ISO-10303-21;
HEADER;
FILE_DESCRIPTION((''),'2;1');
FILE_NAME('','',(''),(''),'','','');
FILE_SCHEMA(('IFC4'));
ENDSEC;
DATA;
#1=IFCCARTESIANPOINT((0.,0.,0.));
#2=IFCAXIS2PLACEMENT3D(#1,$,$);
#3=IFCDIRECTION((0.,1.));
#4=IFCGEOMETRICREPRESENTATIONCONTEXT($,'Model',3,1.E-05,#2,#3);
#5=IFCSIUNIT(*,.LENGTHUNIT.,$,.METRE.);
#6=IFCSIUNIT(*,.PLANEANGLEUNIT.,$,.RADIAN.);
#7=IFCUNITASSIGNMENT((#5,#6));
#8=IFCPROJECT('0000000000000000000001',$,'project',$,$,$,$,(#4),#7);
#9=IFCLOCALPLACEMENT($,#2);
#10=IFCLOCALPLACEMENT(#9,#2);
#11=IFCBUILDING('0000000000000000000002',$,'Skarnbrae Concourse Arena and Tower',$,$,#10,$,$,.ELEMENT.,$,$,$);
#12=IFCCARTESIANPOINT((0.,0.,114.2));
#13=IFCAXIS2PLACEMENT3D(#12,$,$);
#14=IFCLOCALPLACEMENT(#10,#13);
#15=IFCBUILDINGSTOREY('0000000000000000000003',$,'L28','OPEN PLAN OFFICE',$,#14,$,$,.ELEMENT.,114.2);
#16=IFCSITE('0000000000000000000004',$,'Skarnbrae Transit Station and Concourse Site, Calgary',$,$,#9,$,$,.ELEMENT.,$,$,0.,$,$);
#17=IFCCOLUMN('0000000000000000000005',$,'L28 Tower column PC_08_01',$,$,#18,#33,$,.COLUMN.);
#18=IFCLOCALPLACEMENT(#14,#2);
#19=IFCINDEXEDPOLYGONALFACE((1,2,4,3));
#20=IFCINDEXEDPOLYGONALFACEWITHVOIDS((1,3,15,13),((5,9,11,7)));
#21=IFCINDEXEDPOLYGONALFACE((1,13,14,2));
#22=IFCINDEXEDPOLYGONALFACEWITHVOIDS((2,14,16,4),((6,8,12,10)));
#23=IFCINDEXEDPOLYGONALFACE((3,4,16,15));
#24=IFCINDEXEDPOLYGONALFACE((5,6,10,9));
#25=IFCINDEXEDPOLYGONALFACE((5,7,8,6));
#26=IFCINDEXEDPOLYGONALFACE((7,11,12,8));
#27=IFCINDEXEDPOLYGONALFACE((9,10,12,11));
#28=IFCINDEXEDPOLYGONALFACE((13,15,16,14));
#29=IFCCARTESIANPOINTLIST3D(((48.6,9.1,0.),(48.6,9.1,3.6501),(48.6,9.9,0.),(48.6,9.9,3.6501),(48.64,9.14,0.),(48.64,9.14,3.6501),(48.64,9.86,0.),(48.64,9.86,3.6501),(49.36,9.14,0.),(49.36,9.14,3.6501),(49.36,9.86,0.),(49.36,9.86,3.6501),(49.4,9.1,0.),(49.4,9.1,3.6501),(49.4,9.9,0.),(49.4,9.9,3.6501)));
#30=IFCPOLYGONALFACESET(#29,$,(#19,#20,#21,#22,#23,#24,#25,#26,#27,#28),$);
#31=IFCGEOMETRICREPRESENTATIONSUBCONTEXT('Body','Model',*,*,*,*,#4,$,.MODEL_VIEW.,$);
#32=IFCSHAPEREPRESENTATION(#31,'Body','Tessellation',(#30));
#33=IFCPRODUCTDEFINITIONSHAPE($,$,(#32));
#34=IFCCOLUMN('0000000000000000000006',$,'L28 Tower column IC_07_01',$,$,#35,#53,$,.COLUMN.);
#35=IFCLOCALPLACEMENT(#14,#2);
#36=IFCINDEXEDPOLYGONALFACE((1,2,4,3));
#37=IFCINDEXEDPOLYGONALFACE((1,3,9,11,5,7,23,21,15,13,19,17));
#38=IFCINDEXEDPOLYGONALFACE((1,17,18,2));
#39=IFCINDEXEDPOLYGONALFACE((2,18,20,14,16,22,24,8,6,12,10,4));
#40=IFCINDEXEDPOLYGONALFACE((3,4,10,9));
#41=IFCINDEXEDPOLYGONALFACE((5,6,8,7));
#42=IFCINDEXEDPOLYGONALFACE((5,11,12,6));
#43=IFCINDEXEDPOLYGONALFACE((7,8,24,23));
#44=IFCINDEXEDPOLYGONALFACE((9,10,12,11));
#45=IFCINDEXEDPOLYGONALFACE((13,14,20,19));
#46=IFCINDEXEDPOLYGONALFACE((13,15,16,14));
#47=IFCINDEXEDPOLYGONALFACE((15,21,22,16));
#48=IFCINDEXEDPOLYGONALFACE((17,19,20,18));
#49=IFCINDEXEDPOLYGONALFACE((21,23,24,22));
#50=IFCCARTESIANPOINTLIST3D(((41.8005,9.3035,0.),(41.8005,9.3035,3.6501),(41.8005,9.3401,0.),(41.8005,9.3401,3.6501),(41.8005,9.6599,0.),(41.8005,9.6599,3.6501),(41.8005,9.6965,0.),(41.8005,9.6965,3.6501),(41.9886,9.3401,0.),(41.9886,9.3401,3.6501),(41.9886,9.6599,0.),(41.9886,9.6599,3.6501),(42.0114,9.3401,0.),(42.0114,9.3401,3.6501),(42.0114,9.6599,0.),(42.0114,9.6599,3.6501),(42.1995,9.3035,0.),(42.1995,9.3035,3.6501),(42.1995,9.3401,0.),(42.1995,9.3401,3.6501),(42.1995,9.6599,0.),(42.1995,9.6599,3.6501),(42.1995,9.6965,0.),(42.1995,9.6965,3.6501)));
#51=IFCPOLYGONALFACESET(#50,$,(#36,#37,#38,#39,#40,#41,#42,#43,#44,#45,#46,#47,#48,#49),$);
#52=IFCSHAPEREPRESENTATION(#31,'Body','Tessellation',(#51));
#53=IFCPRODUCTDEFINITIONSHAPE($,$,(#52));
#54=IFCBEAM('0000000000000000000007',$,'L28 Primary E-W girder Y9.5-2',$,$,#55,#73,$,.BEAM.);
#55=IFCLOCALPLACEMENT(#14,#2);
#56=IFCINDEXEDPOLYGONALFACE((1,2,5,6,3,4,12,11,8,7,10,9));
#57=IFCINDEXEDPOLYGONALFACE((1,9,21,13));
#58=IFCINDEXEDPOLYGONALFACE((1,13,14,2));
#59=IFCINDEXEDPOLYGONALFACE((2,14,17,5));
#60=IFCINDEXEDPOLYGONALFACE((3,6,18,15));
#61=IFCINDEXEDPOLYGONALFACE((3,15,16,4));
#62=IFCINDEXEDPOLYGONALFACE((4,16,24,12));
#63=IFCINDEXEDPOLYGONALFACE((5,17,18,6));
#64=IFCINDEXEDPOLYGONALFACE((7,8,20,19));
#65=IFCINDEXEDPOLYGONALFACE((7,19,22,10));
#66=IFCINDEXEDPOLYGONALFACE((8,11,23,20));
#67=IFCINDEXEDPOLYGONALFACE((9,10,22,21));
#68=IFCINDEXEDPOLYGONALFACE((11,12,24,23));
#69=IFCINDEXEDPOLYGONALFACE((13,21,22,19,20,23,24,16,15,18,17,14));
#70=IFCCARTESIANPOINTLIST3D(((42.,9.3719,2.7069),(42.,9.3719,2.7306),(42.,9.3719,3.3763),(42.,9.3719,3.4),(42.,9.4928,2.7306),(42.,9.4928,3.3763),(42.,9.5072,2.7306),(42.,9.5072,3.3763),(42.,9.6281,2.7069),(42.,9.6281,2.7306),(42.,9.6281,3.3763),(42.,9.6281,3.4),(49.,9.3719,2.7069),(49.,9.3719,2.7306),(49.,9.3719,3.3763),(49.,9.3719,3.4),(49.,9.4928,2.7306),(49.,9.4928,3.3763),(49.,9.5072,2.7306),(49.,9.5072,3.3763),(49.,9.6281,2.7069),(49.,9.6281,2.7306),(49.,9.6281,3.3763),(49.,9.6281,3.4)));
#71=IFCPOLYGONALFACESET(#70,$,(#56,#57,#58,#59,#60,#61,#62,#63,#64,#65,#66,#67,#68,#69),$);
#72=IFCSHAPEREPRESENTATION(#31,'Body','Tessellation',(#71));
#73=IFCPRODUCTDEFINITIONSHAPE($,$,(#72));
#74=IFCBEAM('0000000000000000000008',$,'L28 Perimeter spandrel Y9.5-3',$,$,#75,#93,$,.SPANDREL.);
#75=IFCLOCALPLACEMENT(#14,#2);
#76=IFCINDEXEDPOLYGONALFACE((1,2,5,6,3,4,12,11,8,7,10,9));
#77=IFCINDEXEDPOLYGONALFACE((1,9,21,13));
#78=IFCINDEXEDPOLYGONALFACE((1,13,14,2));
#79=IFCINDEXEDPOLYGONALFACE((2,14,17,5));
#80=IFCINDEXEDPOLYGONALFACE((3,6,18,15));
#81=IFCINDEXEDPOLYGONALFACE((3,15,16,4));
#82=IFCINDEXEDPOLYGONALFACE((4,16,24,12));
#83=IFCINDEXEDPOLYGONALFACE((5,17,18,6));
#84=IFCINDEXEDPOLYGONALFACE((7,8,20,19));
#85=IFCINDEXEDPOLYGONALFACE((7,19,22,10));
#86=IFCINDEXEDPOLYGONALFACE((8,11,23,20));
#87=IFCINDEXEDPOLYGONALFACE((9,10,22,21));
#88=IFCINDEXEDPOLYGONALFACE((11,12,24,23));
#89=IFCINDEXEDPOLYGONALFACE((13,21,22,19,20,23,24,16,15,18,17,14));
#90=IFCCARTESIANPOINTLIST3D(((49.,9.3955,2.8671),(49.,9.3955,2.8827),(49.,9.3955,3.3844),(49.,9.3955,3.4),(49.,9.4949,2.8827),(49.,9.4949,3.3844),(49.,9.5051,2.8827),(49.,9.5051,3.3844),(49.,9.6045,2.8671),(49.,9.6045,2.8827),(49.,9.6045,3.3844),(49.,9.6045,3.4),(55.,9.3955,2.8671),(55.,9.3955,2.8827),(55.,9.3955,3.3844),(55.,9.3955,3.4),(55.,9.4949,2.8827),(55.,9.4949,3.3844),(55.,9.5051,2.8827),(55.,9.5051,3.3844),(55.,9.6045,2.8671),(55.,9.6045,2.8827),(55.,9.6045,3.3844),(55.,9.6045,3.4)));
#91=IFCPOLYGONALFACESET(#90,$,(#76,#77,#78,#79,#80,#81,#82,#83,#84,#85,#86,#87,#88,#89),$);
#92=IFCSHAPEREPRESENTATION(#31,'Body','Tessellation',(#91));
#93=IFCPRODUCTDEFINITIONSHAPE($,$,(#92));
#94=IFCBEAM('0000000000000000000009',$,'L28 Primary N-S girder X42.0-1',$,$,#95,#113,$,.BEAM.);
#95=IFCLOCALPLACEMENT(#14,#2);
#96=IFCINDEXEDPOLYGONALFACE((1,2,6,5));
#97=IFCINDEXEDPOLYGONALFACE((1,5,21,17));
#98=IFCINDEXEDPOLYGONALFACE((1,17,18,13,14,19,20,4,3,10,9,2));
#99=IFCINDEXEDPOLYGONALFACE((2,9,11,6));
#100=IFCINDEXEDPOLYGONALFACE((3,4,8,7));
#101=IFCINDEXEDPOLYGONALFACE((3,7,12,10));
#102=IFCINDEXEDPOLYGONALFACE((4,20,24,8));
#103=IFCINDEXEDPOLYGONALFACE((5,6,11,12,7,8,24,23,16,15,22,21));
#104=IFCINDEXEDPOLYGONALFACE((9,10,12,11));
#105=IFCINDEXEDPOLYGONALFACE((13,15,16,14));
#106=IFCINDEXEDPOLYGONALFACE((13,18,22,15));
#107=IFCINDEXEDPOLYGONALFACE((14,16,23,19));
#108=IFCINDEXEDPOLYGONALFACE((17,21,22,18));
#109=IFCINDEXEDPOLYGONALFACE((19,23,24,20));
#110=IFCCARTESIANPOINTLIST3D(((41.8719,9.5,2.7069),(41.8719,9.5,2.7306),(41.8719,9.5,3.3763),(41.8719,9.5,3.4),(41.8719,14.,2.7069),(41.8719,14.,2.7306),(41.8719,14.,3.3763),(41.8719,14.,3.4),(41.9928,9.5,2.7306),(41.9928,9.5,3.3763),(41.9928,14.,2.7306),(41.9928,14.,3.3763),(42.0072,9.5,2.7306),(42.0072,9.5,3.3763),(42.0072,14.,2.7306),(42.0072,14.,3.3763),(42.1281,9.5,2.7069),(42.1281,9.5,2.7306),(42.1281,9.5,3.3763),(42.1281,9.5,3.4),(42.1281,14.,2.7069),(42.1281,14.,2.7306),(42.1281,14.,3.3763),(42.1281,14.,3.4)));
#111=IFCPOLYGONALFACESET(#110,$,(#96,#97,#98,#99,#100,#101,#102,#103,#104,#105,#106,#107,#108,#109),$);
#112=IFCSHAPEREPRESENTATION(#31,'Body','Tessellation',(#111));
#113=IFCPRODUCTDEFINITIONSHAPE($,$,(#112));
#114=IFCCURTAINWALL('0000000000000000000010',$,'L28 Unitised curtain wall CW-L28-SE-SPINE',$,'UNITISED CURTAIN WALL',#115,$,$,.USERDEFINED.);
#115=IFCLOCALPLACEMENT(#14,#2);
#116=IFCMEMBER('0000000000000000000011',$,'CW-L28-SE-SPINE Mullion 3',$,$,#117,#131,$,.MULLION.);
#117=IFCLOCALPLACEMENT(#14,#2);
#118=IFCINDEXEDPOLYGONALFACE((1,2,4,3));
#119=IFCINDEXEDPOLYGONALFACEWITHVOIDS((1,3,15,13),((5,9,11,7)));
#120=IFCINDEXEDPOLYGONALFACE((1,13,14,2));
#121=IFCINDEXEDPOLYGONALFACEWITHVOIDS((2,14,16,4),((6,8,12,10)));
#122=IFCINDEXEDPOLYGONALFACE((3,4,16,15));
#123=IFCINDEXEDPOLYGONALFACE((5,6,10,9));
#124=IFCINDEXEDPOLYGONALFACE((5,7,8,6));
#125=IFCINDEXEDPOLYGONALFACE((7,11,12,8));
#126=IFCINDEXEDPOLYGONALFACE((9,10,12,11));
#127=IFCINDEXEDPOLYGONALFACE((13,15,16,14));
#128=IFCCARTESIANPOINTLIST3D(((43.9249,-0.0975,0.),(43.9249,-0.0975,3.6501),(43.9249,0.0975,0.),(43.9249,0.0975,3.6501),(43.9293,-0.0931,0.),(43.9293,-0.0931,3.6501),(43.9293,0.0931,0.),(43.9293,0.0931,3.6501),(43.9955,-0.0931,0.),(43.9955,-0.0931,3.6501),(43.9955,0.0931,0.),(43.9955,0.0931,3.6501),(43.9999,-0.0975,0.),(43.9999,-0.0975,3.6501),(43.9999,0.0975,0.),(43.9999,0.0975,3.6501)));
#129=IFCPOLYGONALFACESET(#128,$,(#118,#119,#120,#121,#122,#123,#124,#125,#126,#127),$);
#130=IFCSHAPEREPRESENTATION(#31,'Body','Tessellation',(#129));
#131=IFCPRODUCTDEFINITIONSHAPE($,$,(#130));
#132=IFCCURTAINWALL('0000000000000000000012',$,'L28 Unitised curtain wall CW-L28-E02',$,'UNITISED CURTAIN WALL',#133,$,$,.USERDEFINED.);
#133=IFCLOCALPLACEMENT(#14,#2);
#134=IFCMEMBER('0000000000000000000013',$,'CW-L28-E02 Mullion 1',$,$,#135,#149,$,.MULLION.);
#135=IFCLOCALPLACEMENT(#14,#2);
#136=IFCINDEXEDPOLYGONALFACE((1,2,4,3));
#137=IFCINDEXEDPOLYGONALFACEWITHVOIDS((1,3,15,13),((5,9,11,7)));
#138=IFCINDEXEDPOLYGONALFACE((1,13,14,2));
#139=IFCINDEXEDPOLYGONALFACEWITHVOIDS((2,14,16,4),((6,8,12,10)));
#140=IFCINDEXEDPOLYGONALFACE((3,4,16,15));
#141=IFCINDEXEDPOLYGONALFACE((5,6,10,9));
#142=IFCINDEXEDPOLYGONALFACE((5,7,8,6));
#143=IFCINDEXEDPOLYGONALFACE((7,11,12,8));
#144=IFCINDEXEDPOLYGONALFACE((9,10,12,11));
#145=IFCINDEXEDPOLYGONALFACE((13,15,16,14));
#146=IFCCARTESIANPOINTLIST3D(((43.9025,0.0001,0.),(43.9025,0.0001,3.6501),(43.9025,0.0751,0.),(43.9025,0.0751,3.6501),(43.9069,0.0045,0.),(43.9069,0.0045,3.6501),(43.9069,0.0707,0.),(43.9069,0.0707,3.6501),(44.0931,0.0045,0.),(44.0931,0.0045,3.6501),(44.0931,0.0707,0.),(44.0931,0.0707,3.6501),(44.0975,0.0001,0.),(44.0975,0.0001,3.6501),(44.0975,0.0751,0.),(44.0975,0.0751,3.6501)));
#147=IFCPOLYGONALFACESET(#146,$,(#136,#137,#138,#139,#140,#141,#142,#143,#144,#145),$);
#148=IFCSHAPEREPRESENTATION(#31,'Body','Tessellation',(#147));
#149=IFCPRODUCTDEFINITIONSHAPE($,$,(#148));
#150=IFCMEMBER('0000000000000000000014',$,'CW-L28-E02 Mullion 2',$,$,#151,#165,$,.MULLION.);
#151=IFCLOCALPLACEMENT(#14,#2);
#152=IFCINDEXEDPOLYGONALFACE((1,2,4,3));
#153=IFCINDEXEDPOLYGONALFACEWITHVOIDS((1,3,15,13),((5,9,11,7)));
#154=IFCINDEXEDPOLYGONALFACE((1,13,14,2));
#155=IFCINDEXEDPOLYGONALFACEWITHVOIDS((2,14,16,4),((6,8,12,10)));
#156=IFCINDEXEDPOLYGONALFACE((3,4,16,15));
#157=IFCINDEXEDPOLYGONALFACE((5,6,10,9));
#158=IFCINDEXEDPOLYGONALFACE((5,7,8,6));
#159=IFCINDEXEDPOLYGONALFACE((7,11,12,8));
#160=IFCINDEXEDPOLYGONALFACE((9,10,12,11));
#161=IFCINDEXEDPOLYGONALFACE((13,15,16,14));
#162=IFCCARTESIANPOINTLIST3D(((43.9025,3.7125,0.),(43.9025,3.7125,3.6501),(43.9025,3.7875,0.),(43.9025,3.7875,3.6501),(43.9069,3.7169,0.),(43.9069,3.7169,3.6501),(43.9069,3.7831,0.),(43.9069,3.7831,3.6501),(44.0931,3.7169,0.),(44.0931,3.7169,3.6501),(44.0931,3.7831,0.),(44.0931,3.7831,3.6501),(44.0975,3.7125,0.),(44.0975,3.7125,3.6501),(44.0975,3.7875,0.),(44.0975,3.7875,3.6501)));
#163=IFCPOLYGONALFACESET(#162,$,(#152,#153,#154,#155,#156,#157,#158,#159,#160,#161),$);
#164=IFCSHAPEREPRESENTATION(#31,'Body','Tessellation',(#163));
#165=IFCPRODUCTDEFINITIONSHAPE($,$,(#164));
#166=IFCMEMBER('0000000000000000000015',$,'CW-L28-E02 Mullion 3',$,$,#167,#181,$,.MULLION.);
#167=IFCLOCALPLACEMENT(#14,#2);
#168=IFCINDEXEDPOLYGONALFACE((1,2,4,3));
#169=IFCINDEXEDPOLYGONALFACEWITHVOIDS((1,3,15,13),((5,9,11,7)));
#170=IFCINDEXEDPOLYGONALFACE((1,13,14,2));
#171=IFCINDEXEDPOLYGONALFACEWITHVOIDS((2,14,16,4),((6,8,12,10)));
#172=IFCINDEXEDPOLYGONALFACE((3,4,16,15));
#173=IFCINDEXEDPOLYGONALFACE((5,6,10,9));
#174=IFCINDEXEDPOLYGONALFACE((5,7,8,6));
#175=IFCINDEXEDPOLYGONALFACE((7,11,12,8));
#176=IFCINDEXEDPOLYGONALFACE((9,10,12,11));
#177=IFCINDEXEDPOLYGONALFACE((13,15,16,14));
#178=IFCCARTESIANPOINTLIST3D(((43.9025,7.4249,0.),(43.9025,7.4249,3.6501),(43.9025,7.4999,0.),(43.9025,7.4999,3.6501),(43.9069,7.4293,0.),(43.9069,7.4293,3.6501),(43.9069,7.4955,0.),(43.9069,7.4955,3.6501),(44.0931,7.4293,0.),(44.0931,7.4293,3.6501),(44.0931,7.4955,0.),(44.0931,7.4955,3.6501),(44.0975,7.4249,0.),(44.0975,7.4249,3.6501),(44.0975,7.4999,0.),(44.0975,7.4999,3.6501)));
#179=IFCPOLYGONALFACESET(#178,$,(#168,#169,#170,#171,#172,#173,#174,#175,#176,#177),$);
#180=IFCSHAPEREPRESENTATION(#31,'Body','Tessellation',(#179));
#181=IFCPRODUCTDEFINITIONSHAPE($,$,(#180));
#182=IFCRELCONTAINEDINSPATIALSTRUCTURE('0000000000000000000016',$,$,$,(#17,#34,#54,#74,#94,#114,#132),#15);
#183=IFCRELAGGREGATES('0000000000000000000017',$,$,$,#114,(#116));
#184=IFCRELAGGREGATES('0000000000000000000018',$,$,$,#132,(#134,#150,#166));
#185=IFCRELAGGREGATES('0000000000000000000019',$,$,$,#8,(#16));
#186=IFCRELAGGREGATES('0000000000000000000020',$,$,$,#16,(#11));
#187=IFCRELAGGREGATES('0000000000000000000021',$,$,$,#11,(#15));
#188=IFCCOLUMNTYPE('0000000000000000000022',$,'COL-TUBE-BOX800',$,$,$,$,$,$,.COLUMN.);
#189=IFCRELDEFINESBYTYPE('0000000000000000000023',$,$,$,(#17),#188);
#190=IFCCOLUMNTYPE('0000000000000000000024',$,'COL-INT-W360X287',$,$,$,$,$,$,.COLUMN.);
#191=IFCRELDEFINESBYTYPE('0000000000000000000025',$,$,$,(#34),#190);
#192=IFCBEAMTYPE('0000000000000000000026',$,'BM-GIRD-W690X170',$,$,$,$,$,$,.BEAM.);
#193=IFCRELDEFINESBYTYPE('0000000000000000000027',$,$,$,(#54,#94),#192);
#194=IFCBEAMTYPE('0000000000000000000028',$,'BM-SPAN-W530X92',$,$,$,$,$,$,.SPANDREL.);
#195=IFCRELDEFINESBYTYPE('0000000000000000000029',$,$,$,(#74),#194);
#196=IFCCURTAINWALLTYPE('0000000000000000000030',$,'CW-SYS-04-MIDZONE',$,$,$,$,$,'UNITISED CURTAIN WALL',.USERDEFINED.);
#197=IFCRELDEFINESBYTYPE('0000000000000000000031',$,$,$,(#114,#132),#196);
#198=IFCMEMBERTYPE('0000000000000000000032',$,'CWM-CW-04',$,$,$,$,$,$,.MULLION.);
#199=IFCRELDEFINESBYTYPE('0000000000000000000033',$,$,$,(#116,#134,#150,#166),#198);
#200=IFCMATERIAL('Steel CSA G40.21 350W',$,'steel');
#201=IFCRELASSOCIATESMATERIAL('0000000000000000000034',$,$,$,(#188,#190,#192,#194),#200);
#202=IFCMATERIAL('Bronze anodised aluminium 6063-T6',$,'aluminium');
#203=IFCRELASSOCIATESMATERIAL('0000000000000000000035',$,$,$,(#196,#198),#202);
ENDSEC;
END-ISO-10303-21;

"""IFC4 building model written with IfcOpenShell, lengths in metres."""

from ifc_helpers import new_model, si_unit, direction, frame, origin, origin_2d, place, context, subcontext, project, spatial, hollow_rectangle, i_section, extrude, source, transform, mapped, material, material_profile, profile_set, type_object, element, aggregate, save


model = new_model("IFC4")

# Units and contexts
model_context = context("Model", 3, precision=1e-05, world=origin(), true_north=direction((0.0, 1.0)))
body_context = subcontext(model_context, "Body", "Model", "MODEL_VIEW")
ifc_project = project(units=[si_unit("LENGTHUNIT", "METRE"), si_unit("PLANEANGLEUNIT", "RADIAN")], contexts=[model_context])

# Site, building, storey
site_placement = place(None, origin())
site = spatial("IfcSite", under=ifc_project, at=site_placement, Name="Skarnbrae Transit Station and Concourse Site, Calgary", CompositionType="ELEMENT", RefElevation=0.0)
building_placement = place(site_placement, origin())
building = spatial("IfcBuilding", under=site, at=building_placement, Name="Skarnbrae Concourse Arena and Tower", CompositionType="ELEMENT")
storey_placement = place(building_placement, frame((0.0, 0.0, 114.2)))
storey = spatial("IfcBuildingStorey", under=building, at=storey_placement, Name="L28", Description="OPEN PLAN OFFICE", CompositionType="ELEMENT", Elevation=114.2)

# Columns
ifc_material_1 = material(Name="Steel CSA G40.21 350W", Category="steel")
ifc_material_profile_1 = material_profile(ifc_material_1, hollow_rectangle(XDim=0.8, YDim=0.8, WallThickness=0.04, at=origin_2d()), Name="BOX800X800X40")
ifc_profile_set_1 = profile_set([ifc_material_profile_1], Name="Steel CSA G40.21 350W")
column_type_1 = type_object("IfcColumnType", Name="COL-TUBE-BOX800", PredefinedType="COLUMN", material=ifc_profile_set_1)
shared_shape_1 = source(origin(), body_context, "Body", "SweptSolid", [
    extrude(hollow_rectangle(XDim=0.8, YDim=0.8, WallThickness=0.04, at=origin_2d()), origin(), (0.0, 0.0, 1.0), 3.6501),
])
column_1_placement = place(storey_placement, frame((49.0, 9.5, 0.0), z_axis=(0.0, 0.0, 1.0), x_axis=(1.0, 0.0, 0.0)))
element("IfcColumn", 1, at=column_1_placement, inside=storey, type_object=column_type_1, Name="L28 Tower column PC_08_01", PredefinedType="COLUMN", context=body_context, shape_type="MappedRepresentation", body=[
    mapped(shared_shape_1, transform((0.0, 0.0, 0.0))),
])
ifc_material_profile_2 = material_profile(ifc_material_1, i_section(OverallWidth=0.3989, OverallDepth=0.3931, WebThickness=0.0227, FlangeThickness=0.0366, at=origin_2d()), Name="W360X287")
ifc_profile_set_2 = profile_set([ifc_material_profile_2], Name="Steel CSA G40.21 350W")
column_type_2 = type_object("IfcColumnType", Name="COL-INT-W360X287", PredefinedType="COLUMN", material=ifc_profile_set_2)
shared_shape_2 = source(origin(), body_context, "Body", "SweptSolid", [
    extrude(i_section(OverallWidth=0.3989, OverallDepth=0.3931, WebThickness=0.0227, FlangeThickness=0.0366, at=origin_2d()), origin(), (0.0, 0.0, 1.0), 3.6501),
])
column_2_placement = place(storey_placement, frame((42.0, 9.5, 0.0), z_axis=(0.0, 0.0, 1.0), x_axis=(1.0, 0.0, 0.0)))
element("IfcColumn", 2, at=column_2_placement, inside=storey, type_object=column_type_2, Name="L28 Tower column IC_07_01", PredefinedType="COLUMN", context=body_context, shape_type="MappedRepresentation", body=[
    mapped(shared_shape_2, transform((0.0, 0.0, 0.0))),
])

# Beams
ifc_material_profile_3 = material_profile(ifc_material_1, i_section(OverallWidth=0.2561, OverallDepth=0.6931, WebThickness=0.0144, FlangeThickness=0.0237, at=origin_2d()), Name="W690X170")
ifc_profile_set_3 = profile_set([ifc_material_profile_3], Name="Steel CSA G40.21 350W")
beam_type_1 = type_object("IfcBeamType", Name="BM-GIRD-W690X170", PredefinedType="BEAM", material=ifc_profile_set_3)
shared_shape_3 = source(origin(), body_context, "Body", "SweptSolid", [
    extrude(i_section(OverallWidth=0.2561, OverallDepth=0.6931, WebThickness=0.0144, FlangeThickness=0.0237, at=origin_2d()), origin(), (0.0, 0.0, 1.0), 7.0),
])
beam_1_placement = place(storey_placement, frame((42.0, 9.5, 3.0535), z_axis=(1.0, 0.0, 0.0), x_axis=(0.0, 1.0, 0.0)))
element("IfcBeam", 3, at=beam_1_placement, inside=storey, type_object=beam_type_1, Name="L28 Primary E-W girder Y9.5-2", PredefinedType="BEAM", context=body_context, shape_type="MappedRepresentation", body=[
    mapped(shared_shape_3, transform((0.0, 0.0, 0.0))),
])
ifc_material_profile_4 = material_profile(ifc_material_1, i_section(OverallWidth=0.209, OverallDepth=0.533, WebThickness=0.0103, FlangeThickness=0.0156, at=origin_2d()), Name="W530X92")
ifc_profile_set_4 = profile_set([ifc_material_profile_4], Name="Steel CSA G40.21 350W")
beam_type_2 = type_object("IfcBeamType", Name="BM-SPAN-W530X92", PredefinedType="SPANDREL", material=ifc_profile_set_4)
shared_shape_4 = source(origin(), body_context, "Body", "SweptSolid", [
    extrude(i_section(OverallWidth=0.209, OverallDepth=0.533, WebThickness=0.0103, FlangeThickness=0.0156, at=origin_2d()), origin(), (0.0, 0.0, 1.0), 6.0),
])
beam_2_placement = place(storey_placement, frame((49.0, 9.5, 3.1335), z_axis=(1.0, 0.0, 0.0), x_axis=(0.0, 1.0, 0.0)))
element("IfcBeam", 4, at=beam_2_placement, inside=storey, type_object=beam_type_2, Name="L28 Perimeter spandrel Y9.5-3", PredefinedType="SPANDREL", context=body_context, shape_type="MappedRepresentation", body=[
    mapped(shared_shape_4, transform((0.0, 0.0, 0.0))),
])
shared_shape_5 = source(origin(), body_context, "Body", "SweptSolid", [
    extrude(i_section(OverallWidth=0.2561, OverallDepth=0.6931, WebThickness=0.0144, FlangeThickness=0.0237, at=origin_2d()), origin(), (0.0, 0.0, 1.0), 4.5),
])
beam_3_placement = place(storey_placement, frame((42.0, 9.5, 3.0535), z_axis=(0.0, 1.0, 0.0), x_axis=(-1.0, 0.0, 0.0)))
element("IfcBeam", 5, at=beam_3_placement, inside=storey, type_object=beam_type_1, Name="L28 Primary N-S girder X42.0-1", PredefinedType="BEAM", context=body_context, shape_type="MappedRepresentation", body=[
    mapped(shared_shape_5, transform((0.0, 0.0, 0.0))),
])

# Curtain wall, member
ifc_material_2 = material(Name="Bronze anodised aluminium 6063-T6", Category="aluminium")
curtain_wall_type = type_object("IfcCurtainWallType", Name="CW-SYS-04-MIDZONE", ElementType="UNITISED CURTAIN WALL", PredefinedType="USERDEFINED", material=ifc_material_2)
curtain_wall_1_placement = place(storey_placement, origin())
curtain_wall_1 = element("IfcCurtainWall", 6, at=curtain_wall_1_placement, inside=storey, type_object=curtain_wall_type, Name="L28 Unitised curtain wall CW-L28-SE-SPINE", ObjectType="UNITISED CURTAIN WALL", PredefinedType="USERDEFINED")
ifc_material_profile_5 = material_profile(ifc_material_2, hollow_rectangle(XDim=0.075, YDim=0.1951, WallThickness=0.0044, at=origin_2d()), Name="ALU-MULL-75X195")
ifc_profile_set_5 = profile_set([ifc_material_profile_5], Name="Bronze anodised aluminium 6063-T6")
member_type_1 = type_object("IfcMemberType", Name="CWM-CW-04", PredefinedType="MULLION", material=ifc_profile_set_5)
shared_shape_6 = source(origin(), body_context, "Body", "SweptSolid", [
    extrude(hollow_rectangle(XDim=0.075, YDim=0.1951, WallThickness=0.0044, at=origin_2d()), origin(), (0.0, 0.0, 1.0), 3.6501),
])
member_1_placement = place(storey_placement, frame((43.9624, 0.0, 0.0), z_axis=(0.0, 0.0, 1.0), x_axis=(1.0, 0.0, 0.0)))
member_1 = element("IfcMember", 7, at=member_1_placement, type_object=member_type_1, Name="CW-L28-SE-SPINE Mullion 3", PredefinedType="MULLION", context=body_context, shape_type="MappedRepresentation", body=[
    mapped(shared_shape_6, transform((0.0, 0.0, 0.0))),
])

# Curtain wall, members
curtain_wall_2_placement = place(storey_placement, origin())
curtain_wall_2 = element("IfcCurtainWall", 8, at=curtain_wall_2_placement, inside=storey, type_object=curtain_wall_type, Name="L28 Unitised curtain wall CW-L28-E02", ObjectType="UNITISED CURTAIN WALL", PredefinedType="USERDEFINED")
member_2_placement = place(storey_placement, frame((44.0, 0.0376, 0.0), z_axis=(0.0, 0.0, 1.0), x_axis=(0.0, 1.0, 0.0)))
member_2 = element("IfcMember", 9, at=member_2_placement, type_object=member_type_1, Name="CW-L28-E02 Mullion 1", PredefinedType="MULLION", context=body_context, shape_type="MappedRepresentation", body=[
    mapped(shared_shape_6, transform((0.0, 0.0, 0.0))),
])
member_3_placement = place(storey_placement, frame((44.0, 3.75, 0.0), z_axis=(0.0, 0.0, 1.0), x_axis=(0.0, 1.0, 0.0)))
member_3 = element("IfcMember", 10, at=member_3_placement, type_object=member_type_1, Name="CW-L28-E02 Mullion 2", PredefinedType="MULLION", context=body_context, shape_type="MappedRepresentation", body=[
    mapped(shared_shape_6, transform((0.0, 0.0, 0.0))),
])
member_4_placement = place(storey_placement, frame((44.0, 7.4624, 0.0), z_axis=(0.0, 0.0, 1.0), x_axis=(0.0, 1.0, 0.0)))
member_4 = element("IfcMember", 11, at=member_4_placement, type_object=member_type_1, Name="CW-L28-E02 Mullion 3", PredefinedType="MULLION", context=body_context, shape_type="MappedRepresentation", body=[
    mapped(shared_shape_6, transform((0.0, 0.0, 0.0))),
])

aggregate(curtain_wall_1, [member_1])
aggregate(curtain_wall_2, [member_2, member_3, member_4])

save(model, "model.ifc")
